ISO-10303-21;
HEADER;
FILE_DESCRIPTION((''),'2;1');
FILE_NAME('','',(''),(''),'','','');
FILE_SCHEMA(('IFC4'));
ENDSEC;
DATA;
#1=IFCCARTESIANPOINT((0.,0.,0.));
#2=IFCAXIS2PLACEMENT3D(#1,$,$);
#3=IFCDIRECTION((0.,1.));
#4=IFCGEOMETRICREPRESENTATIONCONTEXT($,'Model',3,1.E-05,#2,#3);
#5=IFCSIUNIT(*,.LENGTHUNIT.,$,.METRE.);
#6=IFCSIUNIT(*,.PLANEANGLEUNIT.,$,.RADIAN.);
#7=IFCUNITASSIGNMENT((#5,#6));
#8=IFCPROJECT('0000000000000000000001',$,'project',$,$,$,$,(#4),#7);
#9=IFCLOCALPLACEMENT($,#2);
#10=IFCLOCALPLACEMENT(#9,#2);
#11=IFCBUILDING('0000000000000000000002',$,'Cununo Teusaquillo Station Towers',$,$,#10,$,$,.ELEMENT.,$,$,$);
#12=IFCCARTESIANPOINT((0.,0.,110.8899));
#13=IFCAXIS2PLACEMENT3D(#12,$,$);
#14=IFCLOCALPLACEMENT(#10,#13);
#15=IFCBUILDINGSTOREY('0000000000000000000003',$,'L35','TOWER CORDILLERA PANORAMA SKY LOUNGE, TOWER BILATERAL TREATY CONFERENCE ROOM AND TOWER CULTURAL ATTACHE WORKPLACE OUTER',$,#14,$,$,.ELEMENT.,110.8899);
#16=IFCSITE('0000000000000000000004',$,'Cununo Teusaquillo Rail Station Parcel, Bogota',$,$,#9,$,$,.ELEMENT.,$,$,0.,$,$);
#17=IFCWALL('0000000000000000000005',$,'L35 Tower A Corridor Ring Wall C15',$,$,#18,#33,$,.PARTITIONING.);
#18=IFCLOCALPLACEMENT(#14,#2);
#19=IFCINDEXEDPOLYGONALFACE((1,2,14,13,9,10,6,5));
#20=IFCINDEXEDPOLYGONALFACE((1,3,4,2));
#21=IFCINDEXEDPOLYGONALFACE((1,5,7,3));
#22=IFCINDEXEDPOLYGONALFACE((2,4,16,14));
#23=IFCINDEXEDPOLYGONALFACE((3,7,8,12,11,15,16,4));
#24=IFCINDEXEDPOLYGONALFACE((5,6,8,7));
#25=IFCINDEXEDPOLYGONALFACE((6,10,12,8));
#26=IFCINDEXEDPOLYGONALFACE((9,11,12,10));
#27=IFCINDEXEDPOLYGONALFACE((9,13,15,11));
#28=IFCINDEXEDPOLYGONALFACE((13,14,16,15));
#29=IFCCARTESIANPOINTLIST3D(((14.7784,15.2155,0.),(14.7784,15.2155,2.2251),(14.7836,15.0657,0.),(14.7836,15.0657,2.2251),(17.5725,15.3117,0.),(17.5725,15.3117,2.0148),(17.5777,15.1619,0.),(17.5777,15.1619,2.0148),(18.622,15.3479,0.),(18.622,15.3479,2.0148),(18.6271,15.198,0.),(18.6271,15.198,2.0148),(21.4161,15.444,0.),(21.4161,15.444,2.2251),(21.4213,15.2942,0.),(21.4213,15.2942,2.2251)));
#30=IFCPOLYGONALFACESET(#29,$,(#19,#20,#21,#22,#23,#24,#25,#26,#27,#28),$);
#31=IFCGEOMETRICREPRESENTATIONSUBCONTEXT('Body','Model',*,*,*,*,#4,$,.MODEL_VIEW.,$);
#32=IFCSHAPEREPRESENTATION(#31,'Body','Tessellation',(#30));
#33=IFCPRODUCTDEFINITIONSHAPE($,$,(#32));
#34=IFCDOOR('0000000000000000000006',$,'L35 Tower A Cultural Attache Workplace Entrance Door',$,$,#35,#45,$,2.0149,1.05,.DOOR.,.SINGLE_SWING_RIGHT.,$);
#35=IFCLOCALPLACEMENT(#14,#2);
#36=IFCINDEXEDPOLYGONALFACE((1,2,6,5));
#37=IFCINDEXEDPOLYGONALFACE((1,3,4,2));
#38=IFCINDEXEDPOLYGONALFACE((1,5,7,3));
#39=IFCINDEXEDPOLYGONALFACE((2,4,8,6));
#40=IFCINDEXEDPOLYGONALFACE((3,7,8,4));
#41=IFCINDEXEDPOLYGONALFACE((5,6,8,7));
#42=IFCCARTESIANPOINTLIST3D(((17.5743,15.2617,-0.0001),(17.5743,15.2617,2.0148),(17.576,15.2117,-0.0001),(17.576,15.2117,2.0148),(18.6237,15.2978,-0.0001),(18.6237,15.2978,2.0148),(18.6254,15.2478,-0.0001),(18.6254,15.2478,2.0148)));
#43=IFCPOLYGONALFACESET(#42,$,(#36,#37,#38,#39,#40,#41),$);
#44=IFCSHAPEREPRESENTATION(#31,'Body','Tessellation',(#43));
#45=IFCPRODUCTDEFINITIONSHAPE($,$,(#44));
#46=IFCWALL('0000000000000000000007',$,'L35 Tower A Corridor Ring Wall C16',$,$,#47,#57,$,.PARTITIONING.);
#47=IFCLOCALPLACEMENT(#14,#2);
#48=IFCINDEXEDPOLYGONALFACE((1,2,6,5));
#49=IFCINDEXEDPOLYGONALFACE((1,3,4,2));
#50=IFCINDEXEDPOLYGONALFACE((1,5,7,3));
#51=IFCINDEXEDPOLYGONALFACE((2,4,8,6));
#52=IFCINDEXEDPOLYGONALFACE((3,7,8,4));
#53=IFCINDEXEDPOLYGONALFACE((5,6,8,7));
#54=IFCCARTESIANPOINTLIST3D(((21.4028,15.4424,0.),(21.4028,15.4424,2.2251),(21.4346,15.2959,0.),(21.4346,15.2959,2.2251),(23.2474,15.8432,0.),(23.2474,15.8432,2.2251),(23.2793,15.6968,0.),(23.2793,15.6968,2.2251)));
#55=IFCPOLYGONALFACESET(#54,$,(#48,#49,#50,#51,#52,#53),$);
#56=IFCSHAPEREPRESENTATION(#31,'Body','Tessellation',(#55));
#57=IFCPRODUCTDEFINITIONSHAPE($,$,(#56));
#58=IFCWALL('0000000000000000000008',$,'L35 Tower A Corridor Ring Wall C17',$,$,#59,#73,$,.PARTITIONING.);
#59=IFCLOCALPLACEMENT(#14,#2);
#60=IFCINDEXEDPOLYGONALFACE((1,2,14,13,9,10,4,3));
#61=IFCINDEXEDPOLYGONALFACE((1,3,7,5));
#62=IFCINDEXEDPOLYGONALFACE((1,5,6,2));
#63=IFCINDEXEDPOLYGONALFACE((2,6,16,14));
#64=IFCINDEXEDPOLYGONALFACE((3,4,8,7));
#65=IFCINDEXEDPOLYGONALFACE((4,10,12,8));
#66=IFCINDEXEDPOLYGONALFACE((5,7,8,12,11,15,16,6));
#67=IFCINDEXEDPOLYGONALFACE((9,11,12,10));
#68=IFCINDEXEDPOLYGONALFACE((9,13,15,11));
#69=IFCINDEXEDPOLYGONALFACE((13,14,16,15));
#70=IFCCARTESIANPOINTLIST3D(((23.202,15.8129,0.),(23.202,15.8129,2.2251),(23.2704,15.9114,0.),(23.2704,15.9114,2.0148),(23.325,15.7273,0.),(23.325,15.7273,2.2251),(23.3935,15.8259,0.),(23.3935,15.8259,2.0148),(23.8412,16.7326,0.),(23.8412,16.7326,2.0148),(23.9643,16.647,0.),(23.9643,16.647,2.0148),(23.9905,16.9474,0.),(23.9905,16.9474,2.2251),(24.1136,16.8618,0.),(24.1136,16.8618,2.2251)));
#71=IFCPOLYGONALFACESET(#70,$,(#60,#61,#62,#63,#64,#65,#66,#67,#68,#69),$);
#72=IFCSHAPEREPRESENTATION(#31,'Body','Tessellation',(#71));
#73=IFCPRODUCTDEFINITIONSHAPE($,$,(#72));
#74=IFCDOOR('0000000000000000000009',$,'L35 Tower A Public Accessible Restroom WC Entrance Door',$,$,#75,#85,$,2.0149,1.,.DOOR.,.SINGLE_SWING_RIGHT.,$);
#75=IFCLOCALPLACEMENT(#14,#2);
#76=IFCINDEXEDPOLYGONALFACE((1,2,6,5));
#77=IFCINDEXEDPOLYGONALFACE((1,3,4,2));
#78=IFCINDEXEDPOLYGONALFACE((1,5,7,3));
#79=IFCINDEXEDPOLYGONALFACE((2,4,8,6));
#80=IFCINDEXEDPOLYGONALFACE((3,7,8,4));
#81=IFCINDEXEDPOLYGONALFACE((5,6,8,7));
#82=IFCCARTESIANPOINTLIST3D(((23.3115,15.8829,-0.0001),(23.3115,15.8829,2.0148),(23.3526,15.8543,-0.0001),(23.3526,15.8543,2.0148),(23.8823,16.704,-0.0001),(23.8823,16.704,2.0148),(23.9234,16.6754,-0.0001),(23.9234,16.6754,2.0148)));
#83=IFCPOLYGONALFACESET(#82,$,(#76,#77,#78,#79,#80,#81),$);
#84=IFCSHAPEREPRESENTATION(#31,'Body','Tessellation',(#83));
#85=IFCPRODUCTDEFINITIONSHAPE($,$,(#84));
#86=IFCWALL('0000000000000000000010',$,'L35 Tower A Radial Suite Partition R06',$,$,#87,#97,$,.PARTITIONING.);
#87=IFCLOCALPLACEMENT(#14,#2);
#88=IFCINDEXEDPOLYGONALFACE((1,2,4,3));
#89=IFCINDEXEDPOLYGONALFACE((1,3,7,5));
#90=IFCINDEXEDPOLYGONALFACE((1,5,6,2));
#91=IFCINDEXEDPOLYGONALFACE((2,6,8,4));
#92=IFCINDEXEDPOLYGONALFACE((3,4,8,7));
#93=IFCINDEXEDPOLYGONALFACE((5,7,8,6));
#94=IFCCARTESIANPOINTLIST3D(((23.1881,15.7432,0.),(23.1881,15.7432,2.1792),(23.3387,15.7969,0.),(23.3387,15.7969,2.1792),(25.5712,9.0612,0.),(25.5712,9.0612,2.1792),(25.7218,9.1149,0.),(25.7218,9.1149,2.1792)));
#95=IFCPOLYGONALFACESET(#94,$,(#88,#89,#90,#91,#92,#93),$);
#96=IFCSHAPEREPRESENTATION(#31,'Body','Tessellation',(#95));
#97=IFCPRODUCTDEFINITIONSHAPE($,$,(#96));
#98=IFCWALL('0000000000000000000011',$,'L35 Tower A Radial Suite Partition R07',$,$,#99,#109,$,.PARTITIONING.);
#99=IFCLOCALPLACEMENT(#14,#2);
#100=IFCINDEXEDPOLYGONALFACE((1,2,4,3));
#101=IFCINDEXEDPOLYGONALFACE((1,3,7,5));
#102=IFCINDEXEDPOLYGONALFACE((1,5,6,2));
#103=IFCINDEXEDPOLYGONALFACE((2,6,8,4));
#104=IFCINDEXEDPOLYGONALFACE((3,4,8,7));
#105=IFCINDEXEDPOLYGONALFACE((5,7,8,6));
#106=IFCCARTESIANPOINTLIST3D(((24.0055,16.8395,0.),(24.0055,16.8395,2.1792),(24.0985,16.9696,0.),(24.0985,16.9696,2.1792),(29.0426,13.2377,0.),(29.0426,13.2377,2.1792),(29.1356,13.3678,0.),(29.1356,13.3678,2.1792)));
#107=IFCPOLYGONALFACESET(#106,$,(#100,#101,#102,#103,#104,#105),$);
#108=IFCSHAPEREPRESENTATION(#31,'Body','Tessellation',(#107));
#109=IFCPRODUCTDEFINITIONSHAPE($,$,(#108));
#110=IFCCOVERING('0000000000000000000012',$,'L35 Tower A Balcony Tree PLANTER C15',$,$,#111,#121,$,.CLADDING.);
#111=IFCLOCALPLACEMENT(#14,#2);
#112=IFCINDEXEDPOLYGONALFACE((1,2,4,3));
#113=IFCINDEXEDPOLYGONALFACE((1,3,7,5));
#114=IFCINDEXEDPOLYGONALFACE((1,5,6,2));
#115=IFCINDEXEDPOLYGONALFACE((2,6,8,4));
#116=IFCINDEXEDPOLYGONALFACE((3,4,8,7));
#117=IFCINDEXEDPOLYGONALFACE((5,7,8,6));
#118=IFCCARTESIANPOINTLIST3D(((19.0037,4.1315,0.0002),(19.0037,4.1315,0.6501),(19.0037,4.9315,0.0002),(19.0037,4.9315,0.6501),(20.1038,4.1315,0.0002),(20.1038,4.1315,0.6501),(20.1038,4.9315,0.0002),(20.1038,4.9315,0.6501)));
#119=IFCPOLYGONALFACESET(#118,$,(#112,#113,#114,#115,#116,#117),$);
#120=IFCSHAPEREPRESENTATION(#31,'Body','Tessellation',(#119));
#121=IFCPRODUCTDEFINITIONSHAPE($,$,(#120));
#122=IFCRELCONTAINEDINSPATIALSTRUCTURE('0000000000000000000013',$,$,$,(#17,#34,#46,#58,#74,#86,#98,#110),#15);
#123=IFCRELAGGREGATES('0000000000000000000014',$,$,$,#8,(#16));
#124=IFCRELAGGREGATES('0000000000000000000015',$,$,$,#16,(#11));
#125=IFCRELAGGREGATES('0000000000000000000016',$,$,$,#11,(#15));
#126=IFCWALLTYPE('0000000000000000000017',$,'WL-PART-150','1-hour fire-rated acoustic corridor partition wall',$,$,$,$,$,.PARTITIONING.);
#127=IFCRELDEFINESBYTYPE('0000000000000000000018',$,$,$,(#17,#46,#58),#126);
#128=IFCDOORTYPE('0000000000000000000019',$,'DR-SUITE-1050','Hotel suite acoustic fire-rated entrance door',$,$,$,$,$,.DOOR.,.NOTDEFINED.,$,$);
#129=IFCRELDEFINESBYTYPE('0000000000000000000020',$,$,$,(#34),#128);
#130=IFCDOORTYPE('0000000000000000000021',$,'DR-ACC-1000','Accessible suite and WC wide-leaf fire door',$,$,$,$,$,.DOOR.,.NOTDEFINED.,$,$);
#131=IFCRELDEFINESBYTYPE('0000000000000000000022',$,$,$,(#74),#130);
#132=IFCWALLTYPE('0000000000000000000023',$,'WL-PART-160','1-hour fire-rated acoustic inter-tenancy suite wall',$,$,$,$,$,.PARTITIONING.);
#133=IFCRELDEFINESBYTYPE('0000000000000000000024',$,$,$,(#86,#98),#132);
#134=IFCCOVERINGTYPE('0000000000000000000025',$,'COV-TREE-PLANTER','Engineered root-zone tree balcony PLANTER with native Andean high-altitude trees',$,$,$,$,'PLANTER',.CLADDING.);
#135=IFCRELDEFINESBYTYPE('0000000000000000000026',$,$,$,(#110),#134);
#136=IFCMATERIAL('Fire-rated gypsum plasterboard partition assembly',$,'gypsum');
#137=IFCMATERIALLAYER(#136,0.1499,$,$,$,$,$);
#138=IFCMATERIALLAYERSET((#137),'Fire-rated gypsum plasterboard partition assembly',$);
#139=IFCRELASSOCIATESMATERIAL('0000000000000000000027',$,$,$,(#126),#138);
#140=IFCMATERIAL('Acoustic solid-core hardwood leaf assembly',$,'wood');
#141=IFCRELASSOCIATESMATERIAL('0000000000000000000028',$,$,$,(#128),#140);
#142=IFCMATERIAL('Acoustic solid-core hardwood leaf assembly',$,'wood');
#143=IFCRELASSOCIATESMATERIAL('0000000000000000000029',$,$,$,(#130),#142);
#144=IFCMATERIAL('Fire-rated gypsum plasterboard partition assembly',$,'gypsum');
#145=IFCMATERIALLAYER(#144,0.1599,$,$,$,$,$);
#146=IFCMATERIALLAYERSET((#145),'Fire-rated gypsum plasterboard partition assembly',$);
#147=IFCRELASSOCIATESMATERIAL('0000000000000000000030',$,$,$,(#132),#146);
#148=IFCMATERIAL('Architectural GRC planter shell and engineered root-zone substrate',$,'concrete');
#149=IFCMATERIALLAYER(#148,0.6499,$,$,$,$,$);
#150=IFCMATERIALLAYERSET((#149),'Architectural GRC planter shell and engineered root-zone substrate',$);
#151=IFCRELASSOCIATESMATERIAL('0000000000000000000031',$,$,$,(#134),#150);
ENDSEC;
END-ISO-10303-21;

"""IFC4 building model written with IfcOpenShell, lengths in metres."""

from ifc_helpers import new_model, si_unit, direction, frame, frame_2d, origin, origin_2d, place, context, subcontext, project, spatial, rectangle, extrude, source, transform, mapped, material, layer, layer_set, type_object, element, fill, save


model = new_model("IFC4")

# Units and contexts
model_context = context("Model", 3, precision=1e-05, world=origin(), true_north=direction((0.0, 1.0)))
body_context = subcontext(model_context, "Body", "Model", "MODEL_VIEW")
ifc_project = project(units=[si_unit("LENGTHUNIT", "METRE"), si_unit("PLANEANGLEUNIT", "RADIAN")], contexts=[model_context])

# Site, building, storey
site_placement = place(None, origin())
site = spatial("IfcSite", under=ifc_project, at=site_placement, Name="Cununo Teusaquillo Rail Station Parcel, Bogota", CompositionType="ELEMENT", RefElevation=0.0)
building_placement = place(site_placement, origin())
building = spatial("IfcBuilding", under=site, at=building_placement, Name="Cununo Teusaquillo Station Towers", CompositionType="ELEMENT")
storey_placement = place(building_placement, frame((0.0, 0.0, 110.8899)))
storey = spatial("IfcBuildingStorey", under=building, at=storey_placement, Name="L35", Description="TOWER CORDILLERA PANORAMA SKY LOUNGE, TOWER BILATERAL TREATY CONFERENCE ROOM AND TOWER CULTURAL ATTACHE WORKPLACE OUTER", CompositionType="ELEMENT", Elevation=110.8899)

# Wall, opening, door
ifc_material_1 = material(Name="Fire-rated gypsum plasterboard partition assembly", Category="gypsum")
ifc_layer_1 = layer(ifc_material_1, 0.1499)
ifc_layer_set_1 = layer_set([ifc_layer_1], Name="Fire-rated gypsum plasterboard partition assembly")
wall_type_1 = type_object("IfcWallType", Name="WL-PART-150", Description="1-hour fire-rated acoustic corridor partition wall", PredefinedType="PARTITIONING", material=ifc_layer_set_1)
wall_1_placement = place(storey_placement, frame((14.781, 15.1406, 0.0), z_axis=(0.0, 0.0, 1.0), x_axis=(0.999408, 0.034407, 0.0)))
wall_1 = element("IfcWall", 1, at=wall_1_placement, inside=storey, type_object=wall_type_1, Name="L35 Tower A Corridor Ring Wall C15", PredefinedType="PARTITIONING", context=body_context, shape_type="SweptSolid", body=[
    extrude(rectangle(XDim=6.6416, YDim=0.1499, at=frame_2d((3.3208, 0.0))), origin(), (0.0, 0.0, 1.0), 2.2251),
])
shared_shape_1 = source(origin(), body_context, "Body", "SweptSolid", [
    extrude(rectangle(XDim=1.05, YDim=2.0149, at=frame_2d((0.5249, 1.0073))), frame((0.0, 0.085, 0.0), z_axis=(0.0, -1.0, 0.0), x_axis=(1.0, 0.0, 0.0)), (0.0, 0.0, 1.0), 0.1699),
])
opening_1_placement = place(wall_1_placement, frame((2.7959, 0.0, 0.0)))
opening_1 = element("IfcOpeningElement", 2, at=opening_1_placement, cuts=wall_1, PredefinedType="OPENING", context=body_context, shape_type="MappedRepresentation", body=[
    mapped(shared_shape_1, transform((0.0, 0.0, 0.0), x_axis=(1.0, 0.0, 0.0), y_axis=(0.0, 1.0, 0.0), z_axis=(0.0, 0.0, 1.0), scale=1.0)),
])
ifc_material_2 = material(Name="Acoustic solid-core hardwood leaf assembly", Category="wood")
door_type_1 = type_object("IfcDoorType", Name="DR-SUITE-1050", Description="Hotel suite acoustic fire-rated entrance door", OperationType="NOTDEFINED", PredefinedType="DOOR", material=ifc_material_2)
shared_shape_2 = source(origin(), body_context, "Body", "SweptSolid", [
    extrude(rectangle(XDim=1.05, YDim=2.0149, at=frame_2d((0.5249, 1.0073))), frame((0.0, 0.0249, 0.0), z_axis=(0.0, -1.0, 0.0), x_axis=(1.0, 0.0, 0.0)), (0.0, 0.0, 1.0), 0.05),
])
door_1_placement = place(opening_1_placement, origin())
door_1 = element("IfcDoor", 3, at=door_1_placement, inside=storey, type_object=door_type_1, Name="L35 Tower A Cultural Attache Workplace Entrance Door", OperationType="SINGLE_SWING_RIGHT", OverallHeight=2.0149, OverallWidth=1.05, PredefinedType="DOOR", context=body_context, shape_type="MappedRepresentation", body=[
    mapped(shared_shape_2, transform((0.0, 0.0, 0.0), x_axis=(1.0, 0.0, 0.0), y_axis=(0.0, 1.0, 0.0), z_axis=(0.0, 0.0, 1.0), scale=1.0)),
])
fill(opening_1, door_1)

# Wall
wall_2_placement = place(storey_placement, frame((21.4187, 15.3691, 0.0), z_axis=(0.0, 0.0, 1.0), x_axis=(0.977193, 0.212354, 0.0)))
element("IfcWall", 4, at=wall_2_placement, inside=storey, type_object=wall_type_1, Name="L35 Tower A Corridor Ring Wall C16", PredefinedType="PARTITIONING", context=body_context, shape_type="SweptSolid", body=[
    extrude(rectangle(XDim=1.8877, YDim=0.1499, at=frame_2d((0.9438, 0.0))), origin(), (0.0, 0.0, 1.0), 2.2251),
])

# Wall, opening, door
wall_3_placement = place(storey_placement, frame((23.2634, 15.77, 0.0), z_axis=(0.0, 0.0, 1.0), x_axis=(0.570743, 0.821128, 0.0)))
wall_3 = element("IfcWall", 5, at=wall_3_placement, inside=storey, type_object=wall_type_1, Name="L35 Tower A Corridor Ring Wall C17", PredefinedType="PARTITIONING", context=body_context, shape_type="SweptSolid", body=[
    extrude(rectangle(XDim=1.3816, YDim=0.1499, at=frame_2d((0.6909, 0.0))), origin(), (0.0, 0.0, 1.0), 2.2251),
])
shared_shape_3 = source(origin(), body_context, "Body", "SweptSolid", [
    extrude(rectangle(XDim=1.0, YDim=2.0149, at=frame_2d((0.5, 1.0073))), frame((0.0, 0.085, 0.0), z_axis=(0.0, -1.0, 0.0), x_axis=(1.0, 0.0, 0.0)), (0.0, 0.0, 1.0), 0.1699),
])
opening_2_placement = place(wall_3_placement, frame((0.1201, 0.0, 0.0)))
opening_2 = element("IfcOpeningElement", 6, at=opening_2_placement, cuts=wall_3, PredefinedType="OPENING", context=body_context, shape_type="MappedRepresentation", body=[
    mapped(shared_shape_3, transform((0.0, 0.0, 0.0), x_axis=(1.0, 0.0, 0.0), y_axis=(0.0, 1.0, 0.0), z_axis=(0.0, 0.0, 1.0), scale=1.0)),
])
ifc_material_3 = material(Name="Acoustic solid-core hardwood leaf assembly", Category="wood")
door_type_2 = type_object("IfcDoorType", Name="DR-ACC-1000", Description="Accessible suite and WC wide-leaf fire door", OperationType="NOTDEFINED", PredefinedType="DOOR", material=ifc_material_3)
shared_shape_4 = source(origin(), body_context, "Body", "SweptSolid", [
    extrude(rectangle(XDim=1.0, YDim=2.0149, at=frame_2d((0.5, 1.0073))), frame((0.0, 0.0249, 0.0), z_axis=(0.0, -1.0, 0.0), x_axis=(1.0, 0.0, 0.0)), (0.0, 0.0, 1.0), 0.05),
])
door_2_placement = place(opening_2_placement, origin())
door_2 = element("IfcDoor", 7, at=door_2_placement, inside=storey, type_object=door_type_2, Name="L35 Tower A Public Accessible Restroom WC Entrance Door", OperationType="SINGLE_SWING_RIGHT", OverallHeight=2.0149, OverallWidth=1.0, PredefinedType="DOOR", context=body_context, shape_type="MappedRepresentation", body=[
    mapped(shared_shape_4, transform((0.0, 0.0, 0.0), x_axis=(1.0, 0.0, 0.0), y_axis=(0.0, 1.0, 0.0), z_axis=(0.0, 0.0, 1.0), scale=1.0)),
])
fill(opening_2, door_2)

# Walls
ifc_material_4 = material(Name="Fire-rated gypsum plasterboard partition assembly", Category="gypsum")
ifc_layer_2 = layer(ifc_material_4, 0.1599)
ifc_layer_set_2 = layer_set([ifc_layer_2], Name="Fire-rated gypsum plasterboard partition assembly")
wall_type_2 = type_object("IfcWallType", Name="WL-PART-160", Description="1-hour fire-rated acoustic inter-tenancy suite wall", PredefinedType="PARTITIONING", material=ifc_layer_set_2)
wall_4_placement = place(storey_placement, frame((23.2634, 15.77, 0.0), z_axis=(0.0, 0.0, 1.0), x_axis=(0.33592, -0.941891, 0.0)))
element("IfcWall", 8, at=wall_4_placement, inside=storey, type_object=wall_type_2, Name="L35 Tower A Radial Suite Partition R06", PredefinedType="PARTITIONING", context=body_context, shape_type="SweptSolid", body=[
    extrude(rectangle(XDim=7.0942, YDim=0.1599, at=frame_2d((3.5471, 0.0))), origin(), (0.0, 0.0, 1.0), 2.1792),
])
wall_5_placement = place(storey_placement, frame((24.052, 16.9045, 0.0), z_axis=(0.0, 0.0, 1.0), x_axis=(0.813438, -0.581652, 0.0)))
element("IfcWall", 9, at=wall_5_placement, inside=storey, type_object=wall_type_2, Name="L35 Tower A Radial Suite Partition R07", PredefinedType="PARTITIONING", context=body_context, shape_type="SweptSolid", body=[
    extrude(rectangle(XDim=6.1924, YDim=0.1599, at=frame_2d((3.0962, 0.0))), origin(), (0.0, 0.0, 1.0), 2.1792),
])

# Covering
ifc_material_5 = material(Name="Architectural GRC planter shell and engineered root-zone substrate", Category="concrete")
ifc_layer_3 = layer(ifc_material_5, 0.6499)
ifc_layer_set_3 = layer_set([ifc_layer_3], Name="Architectural GRC planter shell and engineered root-zone substrate")
covering_type = type_object("IfcCoveringType", Name="COV-TREE-PLANTER", Description="Engineered root-zone tree balcony PLANTER with native Andean high-altitude trees", ElementType="PLANTER", PredefinedType="CLADDING", material=ifc_layer_set_3)
shared_shape_5 = source(origin(), body_context, "Body", "SweptSolid", [
    extrude(rectangle(XDim=1.1001, YDim=0.8, at=origin_2d()), origin(), (0.0, 0.0, 1.0), 0.6499),
])
covering_placement = place(storey_placement, frame((19.5537, 4.5315, 0.0002), z_axis=(0.0, 0.0, 1.0), x_axis=(1.0, 0.0, 0.0)))
element("IfcCovering", 10, at=covering_placement, inside=storey, type_object=covering_type, Name="L35 Tower A Balcony Tree PLANTER C15", PredefinedType="CLADDING", context=body_context, shape_type="MappedRepresentation", body=[
    mapped(shared_shape_5, transform((0.0, 0.0, 0.0), x_axis=(1.0, 0.0, 0.0), y_axis=(0.0, 1.0, 0.0), z_axis=(0.0, 0.0, 1.0), scale=1.0)),
])

save(model, "model.ifc")
